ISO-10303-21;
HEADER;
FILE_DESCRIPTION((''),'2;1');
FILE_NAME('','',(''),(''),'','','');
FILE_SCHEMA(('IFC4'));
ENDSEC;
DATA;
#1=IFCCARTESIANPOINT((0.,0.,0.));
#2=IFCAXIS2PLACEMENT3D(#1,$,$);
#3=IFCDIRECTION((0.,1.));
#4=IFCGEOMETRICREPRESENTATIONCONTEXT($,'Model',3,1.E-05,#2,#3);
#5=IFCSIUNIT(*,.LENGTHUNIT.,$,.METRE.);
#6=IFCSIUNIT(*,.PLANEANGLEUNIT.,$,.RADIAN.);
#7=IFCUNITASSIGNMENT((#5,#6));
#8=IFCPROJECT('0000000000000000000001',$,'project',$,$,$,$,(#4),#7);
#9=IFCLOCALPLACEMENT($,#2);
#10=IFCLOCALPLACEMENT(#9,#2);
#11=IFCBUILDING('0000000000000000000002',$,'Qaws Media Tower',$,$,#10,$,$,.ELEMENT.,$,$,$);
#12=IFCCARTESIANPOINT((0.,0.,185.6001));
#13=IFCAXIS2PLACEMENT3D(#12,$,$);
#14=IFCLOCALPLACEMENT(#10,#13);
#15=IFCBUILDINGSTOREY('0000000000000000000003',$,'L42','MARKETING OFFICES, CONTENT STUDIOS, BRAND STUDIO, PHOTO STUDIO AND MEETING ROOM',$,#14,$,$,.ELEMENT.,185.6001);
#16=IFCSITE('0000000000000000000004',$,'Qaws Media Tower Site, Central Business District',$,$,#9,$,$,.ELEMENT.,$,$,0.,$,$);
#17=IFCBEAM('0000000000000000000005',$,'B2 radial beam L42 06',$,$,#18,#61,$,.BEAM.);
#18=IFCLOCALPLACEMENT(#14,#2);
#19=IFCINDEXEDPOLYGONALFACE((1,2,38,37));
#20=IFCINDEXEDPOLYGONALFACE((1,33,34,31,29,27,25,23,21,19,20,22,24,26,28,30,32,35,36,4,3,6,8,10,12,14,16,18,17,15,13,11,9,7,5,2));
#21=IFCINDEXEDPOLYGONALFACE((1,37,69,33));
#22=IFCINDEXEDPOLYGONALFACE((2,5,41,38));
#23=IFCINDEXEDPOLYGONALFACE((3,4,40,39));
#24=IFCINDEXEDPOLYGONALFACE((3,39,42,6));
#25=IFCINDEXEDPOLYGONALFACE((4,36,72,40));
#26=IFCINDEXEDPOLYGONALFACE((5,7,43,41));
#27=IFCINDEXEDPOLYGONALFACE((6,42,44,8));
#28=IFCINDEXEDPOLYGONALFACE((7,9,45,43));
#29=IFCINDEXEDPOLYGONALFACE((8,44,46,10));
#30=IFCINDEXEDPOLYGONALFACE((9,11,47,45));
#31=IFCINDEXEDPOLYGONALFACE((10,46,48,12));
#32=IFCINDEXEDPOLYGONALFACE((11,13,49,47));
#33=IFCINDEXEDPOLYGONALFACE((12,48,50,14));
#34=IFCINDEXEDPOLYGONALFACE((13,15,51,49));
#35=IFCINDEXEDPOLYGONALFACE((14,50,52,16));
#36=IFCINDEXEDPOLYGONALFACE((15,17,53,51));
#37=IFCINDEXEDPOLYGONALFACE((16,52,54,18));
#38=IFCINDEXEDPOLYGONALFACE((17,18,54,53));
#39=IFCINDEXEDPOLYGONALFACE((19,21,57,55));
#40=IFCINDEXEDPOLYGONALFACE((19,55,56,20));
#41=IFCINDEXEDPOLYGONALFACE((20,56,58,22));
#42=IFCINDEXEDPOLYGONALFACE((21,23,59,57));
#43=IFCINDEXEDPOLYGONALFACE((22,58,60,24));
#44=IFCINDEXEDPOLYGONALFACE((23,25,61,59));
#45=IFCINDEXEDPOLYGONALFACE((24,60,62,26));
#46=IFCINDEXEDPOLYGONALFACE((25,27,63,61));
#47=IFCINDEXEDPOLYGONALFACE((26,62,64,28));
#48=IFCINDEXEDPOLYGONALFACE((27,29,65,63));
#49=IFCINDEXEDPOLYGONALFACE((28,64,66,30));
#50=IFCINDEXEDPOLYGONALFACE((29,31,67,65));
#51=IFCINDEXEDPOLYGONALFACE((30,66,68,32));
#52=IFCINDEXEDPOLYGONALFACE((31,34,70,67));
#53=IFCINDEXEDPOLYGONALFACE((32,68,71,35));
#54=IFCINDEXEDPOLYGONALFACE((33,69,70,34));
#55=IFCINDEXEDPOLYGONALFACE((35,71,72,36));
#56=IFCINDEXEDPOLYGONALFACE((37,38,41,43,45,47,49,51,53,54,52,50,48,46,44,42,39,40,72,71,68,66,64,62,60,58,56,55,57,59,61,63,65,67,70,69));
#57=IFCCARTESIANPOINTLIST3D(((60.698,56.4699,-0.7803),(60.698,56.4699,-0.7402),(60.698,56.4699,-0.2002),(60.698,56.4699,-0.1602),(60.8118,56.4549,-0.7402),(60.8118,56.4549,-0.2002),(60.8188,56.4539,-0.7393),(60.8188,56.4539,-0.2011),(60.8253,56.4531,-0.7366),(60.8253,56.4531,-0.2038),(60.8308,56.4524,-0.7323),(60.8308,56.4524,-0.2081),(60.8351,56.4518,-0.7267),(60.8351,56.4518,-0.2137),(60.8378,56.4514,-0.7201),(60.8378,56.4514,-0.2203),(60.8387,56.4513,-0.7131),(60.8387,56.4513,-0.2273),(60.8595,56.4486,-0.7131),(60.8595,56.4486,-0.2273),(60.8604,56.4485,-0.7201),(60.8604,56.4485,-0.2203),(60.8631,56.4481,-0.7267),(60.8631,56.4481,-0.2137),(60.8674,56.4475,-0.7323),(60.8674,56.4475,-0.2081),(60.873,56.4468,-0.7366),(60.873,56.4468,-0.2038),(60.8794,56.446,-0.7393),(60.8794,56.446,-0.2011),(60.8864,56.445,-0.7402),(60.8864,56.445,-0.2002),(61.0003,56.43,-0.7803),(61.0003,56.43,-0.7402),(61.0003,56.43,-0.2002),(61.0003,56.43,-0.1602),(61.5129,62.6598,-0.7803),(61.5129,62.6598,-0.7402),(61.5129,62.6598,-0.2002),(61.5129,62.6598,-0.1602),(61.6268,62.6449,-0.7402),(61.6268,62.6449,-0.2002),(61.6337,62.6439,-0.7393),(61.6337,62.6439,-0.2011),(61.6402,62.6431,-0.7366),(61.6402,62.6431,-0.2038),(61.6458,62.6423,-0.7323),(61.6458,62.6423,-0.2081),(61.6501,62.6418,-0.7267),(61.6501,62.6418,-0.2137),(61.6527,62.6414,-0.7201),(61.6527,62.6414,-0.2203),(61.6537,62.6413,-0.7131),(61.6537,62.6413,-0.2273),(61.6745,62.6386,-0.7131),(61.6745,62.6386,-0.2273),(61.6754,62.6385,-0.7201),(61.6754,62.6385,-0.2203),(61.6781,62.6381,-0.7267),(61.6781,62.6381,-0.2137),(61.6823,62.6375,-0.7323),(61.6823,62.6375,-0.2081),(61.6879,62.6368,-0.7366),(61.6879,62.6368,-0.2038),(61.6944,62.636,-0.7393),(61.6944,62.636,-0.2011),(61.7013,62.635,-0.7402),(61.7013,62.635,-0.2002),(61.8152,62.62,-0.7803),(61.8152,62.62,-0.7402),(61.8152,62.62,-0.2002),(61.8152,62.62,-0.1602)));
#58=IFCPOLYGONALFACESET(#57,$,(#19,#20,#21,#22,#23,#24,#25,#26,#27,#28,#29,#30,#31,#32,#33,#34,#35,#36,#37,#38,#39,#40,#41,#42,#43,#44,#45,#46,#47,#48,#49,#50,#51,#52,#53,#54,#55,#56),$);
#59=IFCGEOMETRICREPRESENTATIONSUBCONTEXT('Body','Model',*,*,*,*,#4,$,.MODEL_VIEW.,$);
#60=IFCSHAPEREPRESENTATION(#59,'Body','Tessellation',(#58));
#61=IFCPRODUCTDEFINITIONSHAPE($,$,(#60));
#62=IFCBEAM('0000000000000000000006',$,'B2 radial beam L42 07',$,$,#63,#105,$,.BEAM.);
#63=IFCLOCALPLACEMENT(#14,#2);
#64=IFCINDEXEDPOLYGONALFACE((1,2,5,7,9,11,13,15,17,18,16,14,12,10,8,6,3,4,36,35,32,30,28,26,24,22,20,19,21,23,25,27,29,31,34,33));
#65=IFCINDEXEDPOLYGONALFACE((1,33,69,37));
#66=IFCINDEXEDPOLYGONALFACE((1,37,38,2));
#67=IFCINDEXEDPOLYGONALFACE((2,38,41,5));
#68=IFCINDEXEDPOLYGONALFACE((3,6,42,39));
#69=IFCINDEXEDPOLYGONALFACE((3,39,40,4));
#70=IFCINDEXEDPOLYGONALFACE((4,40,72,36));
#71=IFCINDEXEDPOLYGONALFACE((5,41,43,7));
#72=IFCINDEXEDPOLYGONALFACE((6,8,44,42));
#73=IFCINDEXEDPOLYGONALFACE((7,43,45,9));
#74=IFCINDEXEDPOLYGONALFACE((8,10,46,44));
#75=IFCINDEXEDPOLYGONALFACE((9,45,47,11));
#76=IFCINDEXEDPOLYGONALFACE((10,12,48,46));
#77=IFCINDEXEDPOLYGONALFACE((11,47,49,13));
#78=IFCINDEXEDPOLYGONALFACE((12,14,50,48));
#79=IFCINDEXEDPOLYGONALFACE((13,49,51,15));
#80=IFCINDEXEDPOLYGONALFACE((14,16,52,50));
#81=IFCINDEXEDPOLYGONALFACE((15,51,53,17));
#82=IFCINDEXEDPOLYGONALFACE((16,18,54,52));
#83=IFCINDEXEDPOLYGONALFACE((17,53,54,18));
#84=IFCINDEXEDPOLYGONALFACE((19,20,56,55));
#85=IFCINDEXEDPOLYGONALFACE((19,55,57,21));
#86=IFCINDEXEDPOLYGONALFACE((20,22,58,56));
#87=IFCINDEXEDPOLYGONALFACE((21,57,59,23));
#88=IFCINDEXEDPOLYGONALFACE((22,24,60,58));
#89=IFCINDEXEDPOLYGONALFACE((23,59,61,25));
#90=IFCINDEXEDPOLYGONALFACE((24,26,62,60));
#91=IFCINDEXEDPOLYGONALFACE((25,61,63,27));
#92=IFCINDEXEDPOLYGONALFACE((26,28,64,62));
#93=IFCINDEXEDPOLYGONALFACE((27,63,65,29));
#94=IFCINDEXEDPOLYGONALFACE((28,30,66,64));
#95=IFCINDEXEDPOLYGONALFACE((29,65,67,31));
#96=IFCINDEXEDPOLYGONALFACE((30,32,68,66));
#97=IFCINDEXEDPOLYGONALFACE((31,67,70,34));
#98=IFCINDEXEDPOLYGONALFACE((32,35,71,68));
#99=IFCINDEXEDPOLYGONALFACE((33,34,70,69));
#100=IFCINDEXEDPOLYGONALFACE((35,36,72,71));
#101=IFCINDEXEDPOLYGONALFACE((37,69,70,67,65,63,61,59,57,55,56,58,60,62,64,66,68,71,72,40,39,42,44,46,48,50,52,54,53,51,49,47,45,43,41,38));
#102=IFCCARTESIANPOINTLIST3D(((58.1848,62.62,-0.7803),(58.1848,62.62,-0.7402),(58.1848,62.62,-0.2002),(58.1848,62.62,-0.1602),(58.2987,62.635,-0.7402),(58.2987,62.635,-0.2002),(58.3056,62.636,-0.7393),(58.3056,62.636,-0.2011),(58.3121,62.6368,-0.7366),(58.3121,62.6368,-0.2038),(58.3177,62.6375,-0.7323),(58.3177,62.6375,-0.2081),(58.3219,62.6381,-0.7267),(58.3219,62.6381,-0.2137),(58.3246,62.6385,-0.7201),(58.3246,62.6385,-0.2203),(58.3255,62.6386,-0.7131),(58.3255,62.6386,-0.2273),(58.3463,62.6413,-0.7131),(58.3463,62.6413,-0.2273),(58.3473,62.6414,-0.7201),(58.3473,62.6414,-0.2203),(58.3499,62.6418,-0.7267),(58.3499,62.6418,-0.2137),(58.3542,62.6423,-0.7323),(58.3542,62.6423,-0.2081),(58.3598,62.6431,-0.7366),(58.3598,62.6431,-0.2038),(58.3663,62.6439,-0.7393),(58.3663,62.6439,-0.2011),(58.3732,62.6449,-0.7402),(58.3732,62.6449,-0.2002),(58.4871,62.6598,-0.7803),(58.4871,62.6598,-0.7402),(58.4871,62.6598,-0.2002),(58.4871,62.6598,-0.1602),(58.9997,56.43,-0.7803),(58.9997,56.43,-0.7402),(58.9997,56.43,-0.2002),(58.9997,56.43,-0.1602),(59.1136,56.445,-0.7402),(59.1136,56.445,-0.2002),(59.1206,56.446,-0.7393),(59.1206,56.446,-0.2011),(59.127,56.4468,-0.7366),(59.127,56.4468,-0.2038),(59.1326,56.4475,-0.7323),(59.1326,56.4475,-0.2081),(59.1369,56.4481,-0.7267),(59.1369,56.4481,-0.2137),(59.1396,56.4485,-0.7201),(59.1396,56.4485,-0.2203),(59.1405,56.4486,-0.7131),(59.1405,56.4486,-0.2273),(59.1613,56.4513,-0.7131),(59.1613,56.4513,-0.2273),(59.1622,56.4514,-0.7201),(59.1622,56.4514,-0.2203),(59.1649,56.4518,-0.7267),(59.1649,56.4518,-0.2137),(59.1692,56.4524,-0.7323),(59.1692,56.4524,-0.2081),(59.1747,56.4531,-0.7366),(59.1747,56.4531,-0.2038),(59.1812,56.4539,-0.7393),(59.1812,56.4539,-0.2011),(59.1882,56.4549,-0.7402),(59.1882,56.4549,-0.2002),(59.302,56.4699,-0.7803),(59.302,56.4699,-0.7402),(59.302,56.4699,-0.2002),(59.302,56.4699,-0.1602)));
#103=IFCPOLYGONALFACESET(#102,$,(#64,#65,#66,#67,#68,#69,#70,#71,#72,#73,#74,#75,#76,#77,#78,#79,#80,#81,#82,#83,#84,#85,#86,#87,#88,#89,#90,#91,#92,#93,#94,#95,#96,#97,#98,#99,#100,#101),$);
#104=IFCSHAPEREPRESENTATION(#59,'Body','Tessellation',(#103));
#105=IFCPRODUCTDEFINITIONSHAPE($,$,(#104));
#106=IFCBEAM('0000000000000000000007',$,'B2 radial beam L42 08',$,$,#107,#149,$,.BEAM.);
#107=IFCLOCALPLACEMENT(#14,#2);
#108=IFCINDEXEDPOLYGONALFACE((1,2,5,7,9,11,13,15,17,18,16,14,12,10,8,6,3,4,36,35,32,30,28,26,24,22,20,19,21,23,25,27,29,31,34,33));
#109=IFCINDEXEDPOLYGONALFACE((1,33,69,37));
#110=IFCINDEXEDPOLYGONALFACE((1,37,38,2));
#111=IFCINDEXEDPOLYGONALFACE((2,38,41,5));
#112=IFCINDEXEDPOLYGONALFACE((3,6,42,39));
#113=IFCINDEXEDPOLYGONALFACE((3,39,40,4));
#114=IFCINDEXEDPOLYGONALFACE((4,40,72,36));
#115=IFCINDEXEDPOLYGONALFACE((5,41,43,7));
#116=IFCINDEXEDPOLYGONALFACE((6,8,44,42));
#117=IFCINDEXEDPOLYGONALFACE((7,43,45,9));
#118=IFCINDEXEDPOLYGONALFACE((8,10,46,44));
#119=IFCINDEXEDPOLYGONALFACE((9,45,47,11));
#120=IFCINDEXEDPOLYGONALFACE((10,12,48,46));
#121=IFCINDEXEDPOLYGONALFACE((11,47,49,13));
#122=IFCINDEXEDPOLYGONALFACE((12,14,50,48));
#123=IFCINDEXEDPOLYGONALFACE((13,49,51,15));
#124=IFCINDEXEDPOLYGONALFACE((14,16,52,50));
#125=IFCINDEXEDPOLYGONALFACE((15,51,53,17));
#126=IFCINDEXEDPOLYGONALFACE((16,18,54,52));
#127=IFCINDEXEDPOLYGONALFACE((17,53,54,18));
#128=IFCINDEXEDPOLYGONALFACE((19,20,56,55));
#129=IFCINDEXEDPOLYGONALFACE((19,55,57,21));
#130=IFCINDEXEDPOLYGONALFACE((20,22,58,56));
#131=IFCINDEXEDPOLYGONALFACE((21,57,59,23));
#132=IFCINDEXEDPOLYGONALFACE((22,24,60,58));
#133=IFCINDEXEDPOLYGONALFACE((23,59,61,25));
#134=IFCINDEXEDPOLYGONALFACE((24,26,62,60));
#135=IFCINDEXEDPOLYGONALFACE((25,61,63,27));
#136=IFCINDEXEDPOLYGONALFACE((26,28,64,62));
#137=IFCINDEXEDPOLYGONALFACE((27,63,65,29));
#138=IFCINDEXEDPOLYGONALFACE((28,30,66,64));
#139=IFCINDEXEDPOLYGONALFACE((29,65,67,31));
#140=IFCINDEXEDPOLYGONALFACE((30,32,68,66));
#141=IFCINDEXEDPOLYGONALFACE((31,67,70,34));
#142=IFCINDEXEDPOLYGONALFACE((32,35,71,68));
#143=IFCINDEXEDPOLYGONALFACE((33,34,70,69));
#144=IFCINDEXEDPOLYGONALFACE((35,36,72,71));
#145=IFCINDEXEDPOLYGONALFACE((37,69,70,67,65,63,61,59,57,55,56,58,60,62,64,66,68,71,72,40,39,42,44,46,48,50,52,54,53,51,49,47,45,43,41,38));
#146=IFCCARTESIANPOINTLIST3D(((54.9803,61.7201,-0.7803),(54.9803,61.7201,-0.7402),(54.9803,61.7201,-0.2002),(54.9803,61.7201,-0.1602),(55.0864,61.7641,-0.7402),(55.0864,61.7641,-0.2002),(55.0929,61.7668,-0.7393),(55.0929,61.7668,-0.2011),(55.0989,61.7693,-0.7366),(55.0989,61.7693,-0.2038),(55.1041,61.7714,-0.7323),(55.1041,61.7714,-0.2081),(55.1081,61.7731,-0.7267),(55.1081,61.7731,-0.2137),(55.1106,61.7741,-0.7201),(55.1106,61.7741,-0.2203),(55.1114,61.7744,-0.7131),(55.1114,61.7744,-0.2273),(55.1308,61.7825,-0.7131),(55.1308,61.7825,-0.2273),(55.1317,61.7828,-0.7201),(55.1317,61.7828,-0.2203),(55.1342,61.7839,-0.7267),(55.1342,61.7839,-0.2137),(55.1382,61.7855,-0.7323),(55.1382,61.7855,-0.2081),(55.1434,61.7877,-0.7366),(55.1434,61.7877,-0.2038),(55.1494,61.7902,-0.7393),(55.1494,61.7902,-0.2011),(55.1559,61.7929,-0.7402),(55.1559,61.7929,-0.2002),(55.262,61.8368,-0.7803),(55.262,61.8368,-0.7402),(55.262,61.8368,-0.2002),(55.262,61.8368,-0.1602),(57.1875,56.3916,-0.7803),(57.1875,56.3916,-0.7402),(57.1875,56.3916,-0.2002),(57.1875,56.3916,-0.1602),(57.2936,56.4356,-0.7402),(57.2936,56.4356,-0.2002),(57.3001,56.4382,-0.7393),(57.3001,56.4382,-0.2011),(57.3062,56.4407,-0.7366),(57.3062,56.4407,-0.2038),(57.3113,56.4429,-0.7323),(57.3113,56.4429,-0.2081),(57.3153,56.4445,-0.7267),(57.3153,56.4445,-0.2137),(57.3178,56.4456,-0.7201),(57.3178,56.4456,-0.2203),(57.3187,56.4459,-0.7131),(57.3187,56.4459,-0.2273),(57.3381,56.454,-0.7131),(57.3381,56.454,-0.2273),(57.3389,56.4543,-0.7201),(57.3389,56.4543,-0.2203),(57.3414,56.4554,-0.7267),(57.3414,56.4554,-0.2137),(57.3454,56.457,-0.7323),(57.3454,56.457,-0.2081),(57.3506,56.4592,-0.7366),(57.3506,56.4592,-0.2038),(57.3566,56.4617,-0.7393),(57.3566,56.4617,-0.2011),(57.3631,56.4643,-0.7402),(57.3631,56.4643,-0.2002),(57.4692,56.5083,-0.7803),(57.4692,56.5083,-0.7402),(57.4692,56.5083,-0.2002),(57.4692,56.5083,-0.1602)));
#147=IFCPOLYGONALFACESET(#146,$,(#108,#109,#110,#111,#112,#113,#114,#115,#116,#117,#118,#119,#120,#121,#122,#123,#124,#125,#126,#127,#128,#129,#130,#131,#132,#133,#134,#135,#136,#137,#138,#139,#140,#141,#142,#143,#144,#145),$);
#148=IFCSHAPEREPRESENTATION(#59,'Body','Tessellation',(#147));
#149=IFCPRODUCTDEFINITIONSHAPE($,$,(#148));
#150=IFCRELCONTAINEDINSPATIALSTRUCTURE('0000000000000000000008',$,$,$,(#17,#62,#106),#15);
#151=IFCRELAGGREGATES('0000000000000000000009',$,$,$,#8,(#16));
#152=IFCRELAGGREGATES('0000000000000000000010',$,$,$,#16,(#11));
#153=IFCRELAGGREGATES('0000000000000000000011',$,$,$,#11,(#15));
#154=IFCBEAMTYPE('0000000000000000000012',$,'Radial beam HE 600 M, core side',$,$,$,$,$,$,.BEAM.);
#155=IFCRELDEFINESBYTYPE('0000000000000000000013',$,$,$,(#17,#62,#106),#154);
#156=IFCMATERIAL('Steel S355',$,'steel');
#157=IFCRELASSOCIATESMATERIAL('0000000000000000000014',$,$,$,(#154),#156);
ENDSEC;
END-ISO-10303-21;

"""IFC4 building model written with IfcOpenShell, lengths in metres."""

from ifc_helpers import new_model, si_unit, direction, frame, origin, origin_2d, place, context, subcontext, project, spatial, i_section, extrude, material, material_profile, profile_set, type_object, element, save


model = new_model("IFC4")

# Units and contexts
model_context = context("Model", 3, precision=1e-05, world=origin(), true_north=direction((0.0, 1.0)))
body_context = subcontext(model_context, "Body", "Model", "MODEL_VIEW")
ifc_project = project(units=[si_unit("LENGTHUNIT", "METRE"), si_unit("PLANEANGLEUNIT", "RADIAN")], contexts=[model_context])

# Site, building, storey
site_placement = place(None, origin())
site = spatial("IfcSite", under=ifc_project, at=site_placement, Name="Qaws Media Tower Site, Central Business District", CompositionType="ELEMENT", RefElevation=0.0)
building_placement = place(site_placement, origin())
building = spatial("IfcBuilding", under=site, at=building_placement, Name="Qaws Media Tower", CompositionType="ELEMENT")
storey_placement = place(building_placement, frame((0.0, 0.0, 185.6001)))
storey = spatial("IfcBuildingStorey", under=building, at=storey_placement, Name="L42", Description="MARKETING OFFICES, CONTENT STUDIOS, BRAND STUDIO, PHOTO STUDIO AND MEETING ROOM", CompositionType="ELEMENT", Elevation=185.6001)

# Beams
ifc_material_1 = material(Name="Steel S355", Category="steel")
ifc_material_profile_1 = material_profile(ifc_material_1, i_section(OverallWidth=0.3049, OverallDepth=0.6201, WebThickness=0.021, FlangeThickness=0.04, FilletRadius=0.0271, at=origin_2d()), Name="HE 600 M")
ifc_profile_set_1 = profile_set([ifc_material_profile_1], Name="Steel S355")
beam_type_1 = type_object("IfcBeamType", Name="Radial beam HE 600 M, core side", PredefinedType="BEAM", material=ifc_profile_set_1)
for number, where, z_axis, x_axis, name in (
    (1, (60.8491, 56.45, -0.4702), (0.130529, 0.991444, 0.0), (-0.991444, 0.130529, 0.0), "B2 radial beam L42 06"),
    (2, (59.1509, 56.45, -0.4702), (-0.130529, 0.991444, 0.0), (-0.991444, -0.130529, 0.0), "B2 radial beam L42 07"),
):
    element("IfcBeam", number, at=place(storey_placement, frame(where, z_axis=z_axis, x_axis=x_axis)), inside=storey, type_object=beam_type_1, Name=name, PredefinedType="BEAM", context=body_context, shape_type="SweptSolid", body=[
        extrude(i_section(OverallWidth=0.3049, OverallDepth=0.6201, WebThickness=0.021, FlangeThickness=0.04, FilletRadius=0.0271, at=origin_2d()), origin(), (0.0, 0.0, 1.0), 6.2434),
    ])
beam_1_placement = place(storey_placement, frame((57.3284, 56.45, -0.4702), z_axis=(-0.382697, 0.923874, 0.0), x_axis=(-0.923874, -0.382697, 0.0)))
element("IfcBeam", 3, at=beam_1_placement, inside=storey, type_object=beam_type_1, Name="B2 radial beam L42 08", PredefinedType="BEAM", context=body_context, shape_type="SweptSolid", body=[
    extrude(i_section(OverallWidth=0.3049, OverallDepth=0.6201, WebThickness=0.021, FlangeThickness=0.04, FilletRadius=0.0271, at=origin_2d()), origin(), (0.0, 0.0, 1.0), 5.7676),
])

save(model, "model.ifc")
